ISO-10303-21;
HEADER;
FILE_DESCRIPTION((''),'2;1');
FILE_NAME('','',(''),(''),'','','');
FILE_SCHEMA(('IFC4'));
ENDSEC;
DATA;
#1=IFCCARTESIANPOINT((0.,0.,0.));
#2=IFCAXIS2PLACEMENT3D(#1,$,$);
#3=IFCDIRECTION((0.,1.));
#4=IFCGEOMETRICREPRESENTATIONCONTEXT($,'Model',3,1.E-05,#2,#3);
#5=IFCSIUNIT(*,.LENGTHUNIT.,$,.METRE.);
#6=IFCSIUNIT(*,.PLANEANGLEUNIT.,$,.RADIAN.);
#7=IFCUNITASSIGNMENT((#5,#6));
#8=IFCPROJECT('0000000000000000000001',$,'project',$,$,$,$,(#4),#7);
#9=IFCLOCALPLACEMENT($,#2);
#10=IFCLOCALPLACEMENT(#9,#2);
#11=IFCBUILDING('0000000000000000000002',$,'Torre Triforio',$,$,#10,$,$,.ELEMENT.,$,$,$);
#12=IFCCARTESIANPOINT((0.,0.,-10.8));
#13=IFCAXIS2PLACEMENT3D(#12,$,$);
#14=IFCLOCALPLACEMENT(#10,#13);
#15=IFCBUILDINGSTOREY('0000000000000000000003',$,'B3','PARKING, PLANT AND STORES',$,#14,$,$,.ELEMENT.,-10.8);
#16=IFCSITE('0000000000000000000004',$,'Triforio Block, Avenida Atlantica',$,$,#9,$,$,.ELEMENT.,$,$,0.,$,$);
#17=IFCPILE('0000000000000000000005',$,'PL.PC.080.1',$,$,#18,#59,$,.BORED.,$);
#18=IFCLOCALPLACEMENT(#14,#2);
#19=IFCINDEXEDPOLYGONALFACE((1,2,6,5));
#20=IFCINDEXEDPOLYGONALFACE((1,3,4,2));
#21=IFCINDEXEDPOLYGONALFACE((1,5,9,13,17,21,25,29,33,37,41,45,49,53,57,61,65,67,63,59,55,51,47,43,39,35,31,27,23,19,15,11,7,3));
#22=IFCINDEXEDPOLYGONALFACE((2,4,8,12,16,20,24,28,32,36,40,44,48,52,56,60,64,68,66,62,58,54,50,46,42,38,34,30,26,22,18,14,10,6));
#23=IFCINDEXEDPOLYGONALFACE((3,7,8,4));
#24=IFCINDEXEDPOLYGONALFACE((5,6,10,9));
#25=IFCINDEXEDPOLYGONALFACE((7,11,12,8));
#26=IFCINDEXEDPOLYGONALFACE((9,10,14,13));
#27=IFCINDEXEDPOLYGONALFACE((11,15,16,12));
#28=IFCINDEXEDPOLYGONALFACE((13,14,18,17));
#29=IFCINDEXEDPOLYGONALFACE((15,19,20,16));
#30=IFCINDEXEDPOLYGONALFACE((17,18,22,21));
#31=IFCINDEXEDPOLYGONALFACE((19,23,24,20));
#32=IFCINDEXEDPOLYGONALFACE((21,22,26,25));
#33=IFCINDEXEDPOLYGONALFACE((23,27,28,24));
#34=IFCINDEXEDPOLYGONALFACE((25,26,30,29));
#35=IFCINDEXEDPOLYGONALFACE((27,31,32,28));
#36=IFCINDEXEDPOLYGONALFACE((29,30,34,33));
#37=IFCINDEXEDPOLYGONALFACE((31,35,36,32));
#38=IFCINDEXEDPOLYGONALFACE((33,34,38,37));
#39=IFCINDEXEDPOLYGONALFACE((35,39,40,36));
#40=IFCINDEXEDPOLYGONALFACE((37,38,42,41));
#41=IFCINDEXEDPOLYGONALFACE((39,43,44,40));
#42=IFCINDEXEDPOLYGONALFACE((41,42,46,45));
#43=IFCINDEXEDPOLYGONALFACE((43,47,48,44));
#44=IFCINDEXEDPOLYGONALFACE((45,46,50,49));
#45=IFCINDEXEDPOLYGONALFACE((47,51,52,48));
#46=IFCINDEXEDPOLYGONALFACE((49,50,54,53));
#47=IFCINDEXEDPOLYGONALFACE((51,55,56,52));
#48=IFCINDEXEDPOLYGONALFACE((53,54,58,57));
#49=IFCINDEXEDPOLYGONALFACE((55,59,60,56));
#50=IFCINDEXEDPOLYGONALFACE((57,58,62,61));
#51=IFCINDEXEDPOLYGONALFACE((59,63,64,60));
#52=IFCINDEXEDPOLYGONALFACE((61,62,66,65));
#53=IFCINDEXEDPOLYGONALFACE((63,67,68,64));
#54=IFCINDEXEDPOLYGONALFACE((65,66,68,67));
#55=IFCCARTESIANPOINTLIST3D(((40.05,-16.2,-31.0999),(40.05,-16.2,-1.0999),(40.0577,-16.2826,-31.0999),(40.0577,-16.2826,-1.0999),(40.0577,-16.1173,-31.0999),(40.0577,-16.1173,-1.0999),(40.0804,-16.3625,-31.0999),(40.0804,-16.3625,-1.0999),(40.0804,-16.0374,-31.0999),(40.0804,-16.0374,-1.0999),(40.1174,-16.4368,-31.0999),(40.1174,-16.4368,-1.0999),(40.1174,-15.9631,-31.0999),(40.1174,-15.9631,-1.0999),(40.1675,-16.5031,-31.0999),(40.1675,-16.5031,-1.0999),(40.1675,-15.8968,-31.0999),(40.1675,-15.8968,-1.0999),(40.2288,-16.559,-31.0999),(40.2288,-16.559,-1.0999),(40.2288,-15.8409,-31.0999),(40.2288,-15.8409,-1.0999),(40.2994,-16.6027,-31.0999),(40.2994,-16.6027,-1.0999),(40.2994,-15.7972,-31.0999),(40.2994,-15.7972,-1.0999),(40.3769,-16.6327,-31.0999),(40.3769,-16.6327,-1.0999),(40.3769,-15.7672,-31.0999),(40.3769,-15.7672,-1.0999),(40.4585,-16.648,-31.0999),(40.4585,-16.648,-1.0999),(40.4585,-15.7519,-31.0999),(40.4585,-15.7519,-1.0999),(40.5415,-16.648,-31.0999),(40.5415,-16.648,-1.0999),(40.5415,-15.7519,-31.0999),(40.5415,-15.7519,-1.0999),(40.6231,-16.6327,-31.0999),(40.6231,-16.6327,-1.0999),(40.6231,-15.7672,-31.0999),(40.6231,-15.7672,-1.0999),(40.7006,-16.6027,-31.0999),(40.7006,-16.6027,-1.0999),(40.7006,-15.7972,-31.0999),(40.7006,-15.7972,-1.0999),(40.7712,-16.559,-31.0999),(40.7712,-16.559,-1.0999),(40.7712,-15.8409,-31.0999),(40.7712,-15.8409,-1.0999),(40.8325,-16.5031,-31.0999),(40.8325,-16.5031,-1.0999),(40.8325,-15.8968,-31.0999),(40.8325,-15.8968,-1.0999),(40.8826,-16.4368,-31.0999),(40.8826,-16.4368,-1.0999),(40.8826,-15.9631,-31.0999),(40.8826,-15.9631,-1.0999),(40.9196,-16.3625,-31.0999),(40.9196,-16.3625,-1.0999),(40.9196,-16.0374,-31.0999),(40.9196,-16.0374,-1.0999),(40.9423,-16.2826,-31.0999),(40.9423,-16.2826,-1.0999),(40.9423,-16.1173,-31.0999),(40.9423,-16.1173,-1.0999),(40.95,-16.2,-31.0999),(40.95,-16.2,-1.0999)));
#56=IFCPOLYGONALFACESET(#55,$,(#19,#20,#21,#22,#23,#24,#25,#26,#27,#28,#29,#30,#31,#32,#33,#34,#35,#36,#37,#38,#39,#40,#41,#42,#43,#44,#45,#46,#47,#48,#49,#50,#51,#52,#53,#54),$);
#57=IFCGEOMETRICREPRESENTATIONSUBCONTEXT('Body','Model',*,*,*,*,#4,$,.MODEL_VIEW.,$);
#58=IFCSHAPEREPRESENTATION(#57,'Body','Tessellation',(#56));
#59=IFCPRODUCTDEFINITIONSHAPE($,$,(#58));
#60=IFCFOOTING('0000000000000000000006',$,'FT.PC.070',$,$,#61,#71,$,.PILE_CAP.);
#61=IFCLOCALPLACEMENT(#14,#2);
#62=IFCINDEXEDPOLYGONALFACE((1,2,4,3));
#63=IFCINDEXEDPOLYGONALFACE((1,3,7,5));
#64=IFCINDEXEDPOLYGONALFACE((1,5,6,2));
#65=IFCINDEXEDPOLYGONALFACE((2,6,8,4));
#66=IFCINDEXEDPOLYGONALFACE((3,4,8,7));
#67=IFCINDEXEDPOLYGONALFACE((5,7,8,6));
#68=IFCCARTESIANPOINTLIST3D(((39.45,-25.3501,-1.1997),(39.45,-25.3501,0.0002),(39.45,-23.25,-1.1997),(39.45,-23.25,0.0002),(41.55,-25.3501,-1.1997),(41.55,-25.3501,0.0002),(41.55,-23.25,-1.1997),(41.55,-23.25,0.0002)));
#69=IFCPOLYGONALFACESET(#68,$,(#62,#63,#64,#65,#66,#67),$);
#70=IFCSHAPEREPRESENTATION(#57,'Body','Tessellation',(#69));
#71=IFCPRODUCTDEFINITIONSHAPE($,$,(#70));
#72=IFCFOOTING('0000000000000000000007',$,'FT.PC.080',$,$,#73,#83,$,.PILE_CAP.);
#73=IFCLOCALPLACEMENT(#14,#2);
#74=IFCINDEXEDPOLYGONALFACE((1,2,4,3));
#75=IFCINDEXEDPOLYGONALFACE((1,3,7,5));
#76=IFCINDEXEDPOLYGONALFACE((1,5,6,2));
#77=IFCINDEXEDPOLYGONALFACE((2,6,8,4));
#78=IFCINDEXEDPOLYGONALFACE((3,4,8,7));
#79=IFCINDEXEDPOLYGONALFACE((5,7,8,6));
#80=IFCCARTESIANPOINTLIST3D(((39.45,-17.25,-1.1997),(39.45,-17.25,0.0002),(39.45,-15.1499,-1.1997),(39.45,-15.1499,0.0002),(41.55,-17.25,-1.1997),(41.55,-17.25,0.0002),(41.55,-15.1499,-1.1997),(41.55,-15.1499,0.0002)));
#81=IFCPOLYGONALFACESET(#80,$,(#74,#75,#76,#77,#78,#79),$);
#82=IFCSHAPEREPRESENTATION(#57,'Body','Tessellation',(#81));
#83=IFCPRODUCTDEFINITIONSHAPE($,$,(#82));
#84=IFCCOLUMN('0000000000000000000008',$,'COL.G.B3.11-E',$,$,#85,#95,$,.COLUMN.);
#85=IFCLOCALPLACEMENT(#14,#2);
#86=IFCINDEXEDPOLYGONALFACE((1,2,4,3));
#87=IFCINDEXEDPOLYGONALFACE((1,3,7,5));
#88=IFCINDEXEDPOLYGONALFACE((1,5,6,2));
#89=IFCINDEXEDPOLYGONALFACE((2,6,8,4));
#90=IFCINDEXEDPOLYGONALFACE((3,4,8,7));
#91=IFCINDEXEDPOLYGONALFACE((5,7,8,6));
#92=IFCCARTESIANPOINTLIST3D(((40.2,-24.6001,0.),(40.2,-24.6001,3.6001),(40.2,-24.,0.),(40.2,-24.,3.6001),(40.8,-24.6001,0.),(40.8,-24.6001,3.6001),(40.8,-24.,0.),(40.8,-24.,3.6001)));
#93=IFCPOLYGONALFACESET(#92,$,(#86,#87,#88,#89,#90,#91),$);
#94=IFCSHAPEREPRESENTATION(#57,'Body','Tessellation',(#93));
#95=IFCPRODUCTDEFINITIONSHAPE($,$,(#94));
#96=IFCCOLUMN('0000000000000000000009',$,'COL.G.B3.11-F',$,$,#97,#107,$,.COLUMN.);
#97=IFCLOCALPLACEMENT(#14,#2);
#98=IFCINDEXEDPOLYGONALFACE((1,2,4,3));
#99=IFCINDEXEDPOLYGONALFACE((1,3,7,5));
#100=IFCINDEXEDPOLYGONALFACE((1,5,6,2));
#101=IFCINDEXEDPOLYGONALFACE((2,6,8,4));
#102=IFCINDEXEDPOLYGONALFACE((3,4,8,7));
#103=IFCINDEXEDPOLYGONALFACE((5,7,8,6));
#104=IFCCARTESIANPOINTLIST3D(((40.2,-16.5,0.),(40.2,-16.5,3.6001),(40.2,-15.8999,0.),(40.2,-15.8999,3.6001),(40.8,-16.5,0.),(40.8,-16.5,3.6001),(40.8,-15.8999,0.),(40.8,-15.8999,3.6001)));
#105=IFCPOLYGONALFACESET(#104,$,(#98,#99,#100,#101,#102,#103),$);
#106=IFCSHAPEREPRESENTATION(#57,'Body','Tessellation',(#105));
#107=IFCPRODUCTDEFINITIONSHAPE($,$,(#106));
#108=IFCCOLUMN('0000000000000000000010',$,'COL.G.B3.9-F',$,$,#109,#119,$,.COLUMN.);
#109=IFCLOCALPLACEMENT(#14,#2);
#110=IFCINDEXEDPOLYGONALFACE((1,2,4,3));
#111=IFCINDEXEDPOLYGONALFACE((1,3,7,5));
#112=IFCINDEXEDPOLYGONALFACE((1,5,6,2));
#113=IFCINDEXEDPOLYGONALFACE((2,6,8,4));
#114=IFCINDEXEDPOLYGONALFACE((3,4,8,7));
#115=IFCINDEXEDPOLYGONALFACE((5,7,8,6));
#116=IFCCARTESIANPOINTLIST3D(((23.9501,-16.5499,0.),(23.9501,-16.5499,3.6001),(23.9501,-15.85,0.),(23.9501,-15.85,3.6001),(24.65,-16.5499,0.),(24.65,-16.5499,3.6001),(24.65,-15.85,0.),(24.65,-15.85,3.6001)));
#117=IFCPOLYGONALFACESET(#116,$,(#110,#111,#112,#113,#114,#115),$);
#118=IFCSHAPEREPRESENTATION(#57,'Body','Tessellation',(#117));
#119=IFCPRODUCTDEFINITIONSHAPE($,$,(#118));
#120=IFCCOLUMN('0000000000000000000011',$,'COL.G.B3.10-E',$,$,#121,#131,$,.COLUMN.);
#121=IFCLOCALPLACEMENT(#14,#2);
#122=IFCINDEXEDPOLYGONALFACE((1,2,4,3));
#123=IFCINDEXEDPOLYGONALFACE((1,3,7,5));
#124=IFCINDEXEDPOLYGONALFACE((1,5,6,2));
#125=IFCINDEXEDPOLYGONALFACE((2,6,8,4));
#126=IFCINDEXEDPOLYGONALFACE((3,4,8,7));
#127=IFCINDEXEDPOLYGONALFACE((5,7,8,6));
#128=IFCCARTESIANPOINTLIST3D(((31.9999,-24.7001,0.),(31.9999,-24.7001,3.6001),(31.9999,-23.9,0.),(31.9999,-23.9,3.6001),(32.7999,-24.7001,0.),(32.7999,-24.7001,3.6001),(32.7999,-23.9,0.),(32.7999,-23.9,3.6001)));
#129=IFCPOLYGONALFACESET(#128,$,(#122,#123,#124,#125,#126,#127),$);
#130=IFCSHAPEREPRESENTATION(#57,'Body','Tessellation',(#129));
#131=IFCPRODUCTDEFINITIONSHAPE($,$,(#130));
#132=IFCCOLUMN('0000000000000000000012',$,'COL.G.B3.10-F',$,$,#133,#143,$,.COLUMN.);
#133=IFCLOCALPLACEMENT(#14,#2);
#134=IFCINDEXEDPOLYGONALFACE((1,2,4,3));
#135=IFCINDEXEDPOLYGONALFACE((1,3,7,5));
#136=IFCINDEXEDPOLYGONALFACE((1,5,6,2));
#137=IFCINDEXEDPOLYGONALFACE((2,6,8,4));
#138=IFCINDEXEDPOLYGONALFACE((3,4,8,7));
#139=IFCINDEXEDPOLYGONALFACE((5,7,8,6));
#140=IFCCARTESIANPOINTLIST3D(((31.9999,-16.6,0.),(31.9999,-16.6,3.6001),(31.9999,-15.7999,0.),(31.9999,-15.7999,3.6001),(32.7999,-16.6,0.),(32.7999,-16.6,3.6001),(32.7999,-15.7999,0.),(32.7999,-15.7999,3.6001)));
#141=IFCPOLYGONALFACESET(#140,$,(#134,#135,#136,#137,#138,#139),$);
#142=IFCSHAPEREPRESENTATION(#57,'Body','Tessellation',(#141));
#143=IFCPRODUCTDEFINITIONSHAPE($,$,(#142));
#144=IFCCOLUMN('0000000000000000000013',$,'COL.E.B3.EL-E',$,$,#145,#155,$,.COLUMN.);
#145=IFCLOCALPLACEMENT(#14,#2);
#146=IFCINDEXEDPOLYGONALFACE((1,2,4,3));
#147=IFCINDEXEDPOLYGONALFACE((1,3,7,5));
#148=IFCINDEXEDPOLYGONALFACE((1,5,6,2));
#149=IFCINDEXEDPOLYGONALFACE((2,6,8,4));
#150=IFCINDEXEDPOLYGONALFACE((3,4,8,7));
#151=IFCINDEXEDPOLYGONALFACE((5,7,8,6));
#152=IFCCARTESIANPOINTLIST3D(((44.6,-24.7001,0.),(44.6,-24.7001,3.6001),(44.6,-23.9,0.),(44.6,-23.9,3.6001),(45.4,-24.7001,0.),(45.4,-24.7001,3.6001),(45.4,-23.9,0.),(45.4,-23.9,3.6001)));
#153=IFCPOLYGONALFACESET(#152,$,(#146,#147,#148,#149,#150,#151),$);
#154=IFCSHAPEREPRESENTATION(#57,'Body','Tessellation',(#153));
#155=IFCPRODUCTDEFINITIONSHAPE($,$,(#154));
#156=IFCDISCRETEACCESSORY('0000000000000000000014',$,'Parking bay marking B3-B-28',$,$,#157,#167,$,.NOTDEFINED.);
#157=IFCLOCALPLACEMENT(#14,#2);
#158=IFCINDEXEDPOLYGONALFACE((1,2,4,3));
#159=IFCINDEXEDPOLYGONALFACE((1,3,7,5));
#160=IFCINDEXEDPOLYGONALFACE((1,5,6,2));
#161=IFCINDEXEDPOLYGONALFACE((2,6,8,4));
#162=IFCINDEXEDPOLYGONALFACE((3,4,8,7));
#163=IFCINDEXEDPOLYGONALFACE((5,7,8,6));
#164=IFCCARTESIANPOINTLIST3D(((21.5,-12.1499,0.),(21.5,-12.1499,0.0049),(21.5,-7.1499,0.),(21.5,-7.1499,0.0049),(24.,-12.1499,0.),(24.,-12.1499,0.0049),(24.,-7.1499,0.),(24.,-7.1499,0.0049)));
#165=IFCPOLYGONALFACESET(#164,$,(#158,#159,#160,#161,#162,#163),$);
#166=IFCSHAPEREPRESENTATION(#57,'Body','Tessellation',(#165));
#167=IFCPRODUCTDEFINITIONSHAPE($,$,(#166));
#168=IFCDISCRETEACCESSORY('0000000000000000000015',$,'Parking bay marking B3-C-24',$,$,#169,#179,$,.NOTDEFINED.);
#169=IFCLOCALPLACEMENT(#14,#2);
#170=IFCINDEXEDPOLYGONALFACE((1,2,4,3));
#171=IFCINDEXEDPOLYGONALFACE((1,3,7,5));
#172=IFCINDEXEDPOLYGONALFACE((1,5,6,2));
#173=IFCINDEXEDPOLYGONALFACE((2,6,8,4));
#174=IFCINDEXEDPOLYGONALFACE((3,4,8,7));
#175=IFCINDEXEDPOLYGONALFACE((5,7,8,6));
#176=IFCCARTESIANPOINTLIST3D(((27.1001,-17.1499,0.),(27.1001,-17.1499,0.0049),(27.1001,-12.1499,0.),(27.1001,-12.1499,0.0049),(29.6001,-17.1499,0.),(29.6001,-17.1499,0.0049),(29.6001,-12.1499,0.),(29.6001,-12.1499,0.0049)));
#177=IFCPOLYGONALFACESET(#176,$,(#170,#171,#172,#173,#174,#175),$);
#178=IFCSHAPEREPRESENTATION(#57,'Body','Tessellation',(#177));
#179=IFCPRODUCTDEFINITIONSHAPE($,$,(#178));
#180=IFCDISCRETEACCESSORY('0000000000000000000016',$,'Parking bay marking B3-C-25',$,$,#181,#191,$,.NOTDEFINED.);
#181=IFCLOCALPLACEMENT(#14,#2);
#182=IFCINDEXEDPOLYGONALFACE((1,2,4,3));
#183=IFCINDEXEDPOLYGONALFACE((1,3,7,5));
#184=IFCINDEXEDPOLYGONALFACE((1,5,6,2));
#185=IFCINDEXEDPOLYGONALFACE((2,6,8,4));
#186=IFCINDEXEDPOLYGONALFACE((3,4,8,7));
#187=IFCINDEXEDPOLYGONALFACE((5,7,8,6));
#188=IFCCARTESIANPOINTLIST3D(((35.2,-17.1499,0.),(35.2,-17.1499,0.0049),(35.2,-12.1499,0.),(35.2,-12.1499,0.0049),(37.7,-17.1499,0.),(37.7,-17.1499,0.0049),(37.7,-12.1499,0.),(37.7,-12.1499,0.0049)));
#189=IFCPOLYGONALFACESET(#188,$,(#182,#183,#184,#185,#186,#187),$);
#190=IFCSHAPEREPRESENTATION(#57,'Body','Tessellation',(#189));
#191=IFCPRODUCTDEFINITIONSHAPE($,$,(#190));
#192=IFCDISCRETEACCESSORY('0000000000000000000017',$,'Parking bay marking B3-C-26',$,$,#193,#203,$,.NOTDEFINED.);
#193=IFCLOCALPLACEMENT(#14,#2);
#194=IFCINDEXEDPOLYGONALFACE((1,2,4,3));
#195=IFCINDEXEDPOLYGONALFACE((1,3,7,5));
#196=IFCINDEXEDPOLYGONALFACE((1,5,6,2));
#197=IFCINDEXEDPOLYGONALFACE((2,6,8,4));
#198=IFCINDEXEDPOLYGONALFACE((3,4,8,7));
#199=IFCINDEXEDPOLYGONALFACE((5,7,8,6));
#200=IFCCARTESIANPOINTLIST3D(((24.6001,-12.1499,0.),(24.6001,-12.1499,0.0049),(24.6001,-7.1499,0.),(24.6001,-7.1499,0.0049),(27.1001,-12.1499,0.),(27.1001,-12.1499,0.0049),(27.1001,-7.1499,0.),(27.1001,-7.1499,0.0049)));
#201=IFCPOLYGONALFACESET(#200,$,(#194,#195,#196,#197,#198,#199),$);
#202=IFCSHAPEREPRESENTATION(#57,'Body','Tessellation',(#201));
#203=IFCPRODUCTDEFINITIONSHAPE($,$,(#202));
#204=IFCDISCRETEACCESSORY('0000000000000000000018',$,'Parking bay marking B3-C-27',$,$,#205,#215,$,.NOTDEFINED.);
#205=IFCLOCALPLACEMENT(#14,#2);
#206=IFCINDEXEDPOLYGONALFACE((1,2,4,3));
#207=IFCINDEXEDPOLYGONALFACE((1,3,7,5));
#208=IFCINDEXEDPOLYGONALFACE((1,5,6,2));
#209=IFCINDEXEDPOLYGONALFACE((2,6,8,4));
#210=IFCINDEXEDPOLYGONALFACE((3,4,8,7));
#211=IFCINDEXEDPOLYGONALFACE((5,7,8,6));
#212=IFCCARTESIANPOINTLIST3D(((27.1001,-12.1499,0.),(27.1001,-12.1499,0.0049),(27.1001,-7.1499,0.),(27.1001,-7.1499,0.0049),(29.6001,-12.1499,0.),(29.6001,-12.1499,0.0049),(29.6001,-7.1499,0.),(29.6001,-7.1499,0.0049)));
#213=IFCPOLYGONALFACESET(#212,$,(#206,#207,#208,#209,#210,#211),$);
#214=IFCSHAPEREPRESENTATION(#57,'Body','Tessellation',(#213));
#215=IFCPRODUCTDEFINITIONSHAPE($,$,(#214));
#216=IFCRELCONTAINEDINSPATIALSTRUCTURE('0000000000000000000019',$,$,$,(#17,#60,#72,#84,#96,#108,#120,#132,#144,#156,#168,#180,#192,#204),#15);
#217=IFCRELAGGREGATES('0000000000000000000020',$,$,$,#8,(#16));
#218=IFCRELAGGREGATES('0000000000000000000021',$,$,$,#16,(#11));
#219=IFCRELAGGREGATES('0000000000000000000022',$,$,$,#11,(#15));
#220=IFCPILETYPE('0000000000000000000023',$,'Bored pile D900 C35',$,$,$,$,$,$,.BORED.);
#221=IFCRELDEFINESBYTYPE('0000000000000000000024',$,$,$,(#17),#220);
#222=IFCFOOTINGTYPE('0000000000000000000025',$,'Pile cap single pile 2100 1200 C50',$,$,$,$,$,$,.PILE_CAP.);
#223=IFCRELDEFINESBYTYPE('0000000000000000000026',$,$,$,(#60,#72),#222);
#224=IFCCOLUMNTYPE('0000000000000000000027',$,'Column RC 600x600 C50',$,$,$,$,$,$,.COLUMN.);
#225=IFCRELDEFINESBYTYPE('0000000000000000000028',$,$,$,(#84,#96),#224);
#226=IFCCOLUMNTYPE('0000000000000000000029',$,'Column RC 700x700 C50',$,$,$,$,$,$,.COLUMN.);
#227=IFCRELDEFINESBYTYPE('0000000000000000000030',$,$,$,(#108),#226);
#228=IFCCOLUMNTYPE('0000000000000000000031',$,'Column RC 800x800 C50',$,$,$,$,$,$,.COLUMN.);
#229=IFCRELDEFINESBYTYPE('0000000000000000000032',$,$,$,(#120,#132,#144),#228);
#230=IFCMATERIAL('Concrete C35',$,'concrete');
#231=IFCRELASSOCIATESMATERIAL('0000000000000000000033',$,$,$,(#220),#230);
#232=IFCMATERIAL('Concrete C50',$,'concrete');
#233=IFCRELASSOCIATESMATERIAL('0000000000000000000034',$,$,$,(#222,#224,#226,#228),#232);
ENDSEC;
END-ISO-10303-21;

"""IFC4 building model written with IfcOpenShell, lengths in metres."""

from ifc_helpers import new_model, si_unit, direction, frame, origin, origin_2d, place, context, subcontext, project, spatial, rectangle, circle, extrude, material, material_profile, profile_set, type_object, element, save


model = new_model("IFC4")

# Units and contexts
model_context = context("Model", 3, precision=1e-05, world=origin(), true_north=direction((0.0, 1.0)))
body_context = subcontext(model_context, "Body", "Model", "MODEL_VIEW")
ifc_project = project(units=[si_unit("LENGTHUNIT", "METRE"), si_unit("PLANEANGLEUNIT", "RADIAN")], contexts=[model_context])

# Site, building, storey
site_placement = place(None, origin())
site = spatial("IfcSite", under=ifc_project, at=site_placement, Name="Triforio Block, Avenida Atlantica", CompositionType="ELEMENT", RefElevation=0.0)
building_placement = place(site_placement, origin())
building = spatial("IfcBuilding", under=site, at=building_placement, Name="Torre Triforio", CompositionType="ELEMENT")
storey_placement = place(building_placement, frame((0.0, 0.0, -10.8)))
storey = spatial("IfcBuildingStorey", under=building, at=storey_placement, Name="B3", Description="PARKING, PLANT AND STORES", CompositionType="ELEMENT", Elevation=-10.8)

# Pile
ifc_material_1 = material(Name="Concrete C35", Category="concrete")
ifc_material_profile_1 = material_profile(ifc_material_1, circle(Radius=0.45, at=origin_2d()), Name="RC D900")
ifc_profile_set_1 = profile_set([ifc_material_profile_1], Name="Concrete C35")
pile_type = type_object("IfcPileType", Name="Bored pile D900 C35", PredefinedType="BORED", material=ifc_profile_set_1)
for number, where, z_axis, x_axis, name in (
    (1, (40.5, -16.2, -1.0999), (0.0, 0.0, -1.0), (1.0, 0.0, 0.0), "PL.PC.080.1"),
):
    element("IfcPile", number, at=place(storey_placement, frame(where, z_axis=z_axis, x_axis=x_axis)), inside=storey, type_object=pile_type, Name=name, PredefinedType="BORED", context=body_context, shape_type="SweptSolid", body=[
        extrude(circle(Radius=0.45, at=origin_2d()), origin(), (0.0, 0.0, 1.0), 30.0),
    ])

# Footings
ifc_material_2 = material(Name="Concrete C50", Category="concrete")
footing_type = type_object("IfcFootingType", Name="Pile cap single pile 2100 1200 C50", PredefinedType="PILE_CAP", material=ifc_material_2)
for number, where, z_axis, x_axis, name in (
    (2, (40.5, -24.3, -1.1997), (0.0, 0.0, 1.0), (1.0, 0.0, 0.0), "FT.PC.070"),
    (3, (40.5, -16.2, -1.1997), (0.0, 0.0, 1.0), (1.0, 0.0, 0.0), "FT.PC.080"),
):
    element("IfcFooting", number, at=place(storey_placement, frame(where, z_axis=z_axis, x_axis=x_axis)), inside=storey, type_object=footing_type, Name=name, PredefinedType="PILE_CAP", context=body_context, shape_type="SweptSolid", body=[
        extrude(rectangle(XDim=2.1001, YDim=2.1001, at=origin_2d()), origin(), (0.0, 0.0, 1.0), 1.2),
    ])

# Columns
ifc_material_profile_2 = material_profile(ifc_material_2, rectangle(XDim=0.6001, YDim=0.6001, at=origin_2d()), Name="RC 600x600")
ifc_profile_set_2 = profile_set([ifc_material_profile_2], Name="Concrete C50")
column_type_1 = type_object("IfcColumnType", Name="Column RC 600x600 C50", PredefinedType="COLUMN", material=ifc_profile_set_2)
for number, where, z_axis, x_axis, name in (
    (4, (40.5, -24.3, 0.0), (0.0, 0.0, 1.0), (1.0, 0.0, 0.0), "COL.G.B3.11-E"),
    (5, (40.5, -16.2, 0.0), (0.0, 0.0, 1.0), (1.0, 0.0, 0.0), "COL.G.B3.11-F"),
):
    element("IfcColumn", number, at=place(storey_placement, frame(where, z_axis=z_axis, x_axis=x_axis)), inside=storey, type_object=column_type_1, Name=name, PredefinedType="COLUMN", context=body_context, shape_type="SweptSolid", body=[
        extrude(rectangle(XDim=0.6001, YDim=0.6001, at=origin_2d()), origin(), (0.0, 0.0, 1.0), 3.6001),
    ])
ifc_material_profile_3 = material_profile(ifc_material_2, rectangle(XDim=0.7, YDim=0.7, at=origin_2d()), Name="RC 700x700")
ifc_profile_set_3 = profile_set([ifc_material_profile_3], Name="Concrete C50")
column_type_2 = type_object("IfcColumnType", Name="Column RC 700x700 C50", PredefinedType="COLUMN", material=ifc_profile_set_3)
column_placement = place(storey_placement, frame((24.3, -16.2, 0.0), z_axis=(0.0, 0.0, 1.0), x_axis=(1.0, 0.0, 0.0)))
element("IfcColumn", 6, at=column_placement, inside=storey, type_object=column_type_2, Name="COL.G.B3.9-F", PredefinedType="COLUMN", context=body_context, shape_type="SweptSolid", body=[
    extrude(rectangle(XDim=0.7, YDim=0.7, at=origin_2d()), origin(), (0.0, 0.0, 1.0), 3.6001),
])
ifc_material_profile_4 = material_profile(ifc_material_2, rectangle(XDim=0.8, YDim=0.8, at=origin_2d()), Name="RC 800x800")
ifc_profile_set_4 = profile_set([ifc_material_profile_4], Name="Concrete C50")
column_type_3 = type_object("IfcColumnType", Name="Column RC 800x800 C50", PredefinedType="COLUMN", material=ifc_profile_set_4)
for number, where, z_axis, x_axis, name in (
    (7, (32.3999, -24.3, 0.0), (0.0, 0.0, 1.0), (1.0, 0.0, 0.0), "COL.G.B3.10-E"),
    (8, (32.3999, -16.2, 0.0), (0.0, 0.0, 1.0), (1.0, 0.0, 0.0), "COL.G.B3.10-F"),
    (9, (45.0, -24.3, 0.0), (0.0, 0.0, 1.0), (1.0, 0.0, 0.0), "COL.E.B3.EL-E"),
):
    element("IfcColumn", number, at=place(storey_placement, frame(where, z_axis=z_axis, x_axis=x_axis)), inside=storey, type_object=column_type_3, Name=name, PredefinedType="COLUMN", context=body_context, shape_type="SweptSolid", body=[
        extrude(rectangle(XDim=0.8, YDim=0.8, at=origin_2d()), origin(), (0.0, 0.0, 1.0), 3.6001),
    ])

# Discrete accessories
for number, where, z_axis, x_axis, name in (
    (10, (22.75, -9.6499, 0.0), (0.0, 0.0, 1.0), (1.0, 0.0, 0.0), "Parking bay marking B3-B-28"),
    (11, (28.3501, -14.6499, 0.0), (0.0, 0.0, 1.0), (1.0, 0.0, 0.0), "Parking bay marking B3-C-24"),
    (12, (36.45, -14.6499, 0.0), (0.0, 0.0, 1.0), (1.0, 0.0, 0.0), "Parking bay marking B3-C-25"),
    (13, (25.8501, -9.6499, 0.0), (0.0, 0.0, 1.0), (1.0, 0.0, 0.0), "Parking bay marking B3-C-26"),
    (14, (28.3501, -9.6499, 0.0), (0.0, 0.0, 1.0), (1.0, 0.0, 0.0), "Parking bay marking B3-C-27"),
):
    element("IfcDiscreteAccessory", number, at=place(storey_placement, frame(where, z_axis=z_axis, x_axis=x_axis)), inside=storey, Name=name, PredefinedType="NOTDEFINED", context=body_context, shape_type="SweptSolid", body=[
        extrude(rectangle(XDim=2.5, YDim=5.0, at=origin_2d()), origin(), (0.0, 0.0, 1.0), 0.0049),
    ])

save(model, "model.ifc")
